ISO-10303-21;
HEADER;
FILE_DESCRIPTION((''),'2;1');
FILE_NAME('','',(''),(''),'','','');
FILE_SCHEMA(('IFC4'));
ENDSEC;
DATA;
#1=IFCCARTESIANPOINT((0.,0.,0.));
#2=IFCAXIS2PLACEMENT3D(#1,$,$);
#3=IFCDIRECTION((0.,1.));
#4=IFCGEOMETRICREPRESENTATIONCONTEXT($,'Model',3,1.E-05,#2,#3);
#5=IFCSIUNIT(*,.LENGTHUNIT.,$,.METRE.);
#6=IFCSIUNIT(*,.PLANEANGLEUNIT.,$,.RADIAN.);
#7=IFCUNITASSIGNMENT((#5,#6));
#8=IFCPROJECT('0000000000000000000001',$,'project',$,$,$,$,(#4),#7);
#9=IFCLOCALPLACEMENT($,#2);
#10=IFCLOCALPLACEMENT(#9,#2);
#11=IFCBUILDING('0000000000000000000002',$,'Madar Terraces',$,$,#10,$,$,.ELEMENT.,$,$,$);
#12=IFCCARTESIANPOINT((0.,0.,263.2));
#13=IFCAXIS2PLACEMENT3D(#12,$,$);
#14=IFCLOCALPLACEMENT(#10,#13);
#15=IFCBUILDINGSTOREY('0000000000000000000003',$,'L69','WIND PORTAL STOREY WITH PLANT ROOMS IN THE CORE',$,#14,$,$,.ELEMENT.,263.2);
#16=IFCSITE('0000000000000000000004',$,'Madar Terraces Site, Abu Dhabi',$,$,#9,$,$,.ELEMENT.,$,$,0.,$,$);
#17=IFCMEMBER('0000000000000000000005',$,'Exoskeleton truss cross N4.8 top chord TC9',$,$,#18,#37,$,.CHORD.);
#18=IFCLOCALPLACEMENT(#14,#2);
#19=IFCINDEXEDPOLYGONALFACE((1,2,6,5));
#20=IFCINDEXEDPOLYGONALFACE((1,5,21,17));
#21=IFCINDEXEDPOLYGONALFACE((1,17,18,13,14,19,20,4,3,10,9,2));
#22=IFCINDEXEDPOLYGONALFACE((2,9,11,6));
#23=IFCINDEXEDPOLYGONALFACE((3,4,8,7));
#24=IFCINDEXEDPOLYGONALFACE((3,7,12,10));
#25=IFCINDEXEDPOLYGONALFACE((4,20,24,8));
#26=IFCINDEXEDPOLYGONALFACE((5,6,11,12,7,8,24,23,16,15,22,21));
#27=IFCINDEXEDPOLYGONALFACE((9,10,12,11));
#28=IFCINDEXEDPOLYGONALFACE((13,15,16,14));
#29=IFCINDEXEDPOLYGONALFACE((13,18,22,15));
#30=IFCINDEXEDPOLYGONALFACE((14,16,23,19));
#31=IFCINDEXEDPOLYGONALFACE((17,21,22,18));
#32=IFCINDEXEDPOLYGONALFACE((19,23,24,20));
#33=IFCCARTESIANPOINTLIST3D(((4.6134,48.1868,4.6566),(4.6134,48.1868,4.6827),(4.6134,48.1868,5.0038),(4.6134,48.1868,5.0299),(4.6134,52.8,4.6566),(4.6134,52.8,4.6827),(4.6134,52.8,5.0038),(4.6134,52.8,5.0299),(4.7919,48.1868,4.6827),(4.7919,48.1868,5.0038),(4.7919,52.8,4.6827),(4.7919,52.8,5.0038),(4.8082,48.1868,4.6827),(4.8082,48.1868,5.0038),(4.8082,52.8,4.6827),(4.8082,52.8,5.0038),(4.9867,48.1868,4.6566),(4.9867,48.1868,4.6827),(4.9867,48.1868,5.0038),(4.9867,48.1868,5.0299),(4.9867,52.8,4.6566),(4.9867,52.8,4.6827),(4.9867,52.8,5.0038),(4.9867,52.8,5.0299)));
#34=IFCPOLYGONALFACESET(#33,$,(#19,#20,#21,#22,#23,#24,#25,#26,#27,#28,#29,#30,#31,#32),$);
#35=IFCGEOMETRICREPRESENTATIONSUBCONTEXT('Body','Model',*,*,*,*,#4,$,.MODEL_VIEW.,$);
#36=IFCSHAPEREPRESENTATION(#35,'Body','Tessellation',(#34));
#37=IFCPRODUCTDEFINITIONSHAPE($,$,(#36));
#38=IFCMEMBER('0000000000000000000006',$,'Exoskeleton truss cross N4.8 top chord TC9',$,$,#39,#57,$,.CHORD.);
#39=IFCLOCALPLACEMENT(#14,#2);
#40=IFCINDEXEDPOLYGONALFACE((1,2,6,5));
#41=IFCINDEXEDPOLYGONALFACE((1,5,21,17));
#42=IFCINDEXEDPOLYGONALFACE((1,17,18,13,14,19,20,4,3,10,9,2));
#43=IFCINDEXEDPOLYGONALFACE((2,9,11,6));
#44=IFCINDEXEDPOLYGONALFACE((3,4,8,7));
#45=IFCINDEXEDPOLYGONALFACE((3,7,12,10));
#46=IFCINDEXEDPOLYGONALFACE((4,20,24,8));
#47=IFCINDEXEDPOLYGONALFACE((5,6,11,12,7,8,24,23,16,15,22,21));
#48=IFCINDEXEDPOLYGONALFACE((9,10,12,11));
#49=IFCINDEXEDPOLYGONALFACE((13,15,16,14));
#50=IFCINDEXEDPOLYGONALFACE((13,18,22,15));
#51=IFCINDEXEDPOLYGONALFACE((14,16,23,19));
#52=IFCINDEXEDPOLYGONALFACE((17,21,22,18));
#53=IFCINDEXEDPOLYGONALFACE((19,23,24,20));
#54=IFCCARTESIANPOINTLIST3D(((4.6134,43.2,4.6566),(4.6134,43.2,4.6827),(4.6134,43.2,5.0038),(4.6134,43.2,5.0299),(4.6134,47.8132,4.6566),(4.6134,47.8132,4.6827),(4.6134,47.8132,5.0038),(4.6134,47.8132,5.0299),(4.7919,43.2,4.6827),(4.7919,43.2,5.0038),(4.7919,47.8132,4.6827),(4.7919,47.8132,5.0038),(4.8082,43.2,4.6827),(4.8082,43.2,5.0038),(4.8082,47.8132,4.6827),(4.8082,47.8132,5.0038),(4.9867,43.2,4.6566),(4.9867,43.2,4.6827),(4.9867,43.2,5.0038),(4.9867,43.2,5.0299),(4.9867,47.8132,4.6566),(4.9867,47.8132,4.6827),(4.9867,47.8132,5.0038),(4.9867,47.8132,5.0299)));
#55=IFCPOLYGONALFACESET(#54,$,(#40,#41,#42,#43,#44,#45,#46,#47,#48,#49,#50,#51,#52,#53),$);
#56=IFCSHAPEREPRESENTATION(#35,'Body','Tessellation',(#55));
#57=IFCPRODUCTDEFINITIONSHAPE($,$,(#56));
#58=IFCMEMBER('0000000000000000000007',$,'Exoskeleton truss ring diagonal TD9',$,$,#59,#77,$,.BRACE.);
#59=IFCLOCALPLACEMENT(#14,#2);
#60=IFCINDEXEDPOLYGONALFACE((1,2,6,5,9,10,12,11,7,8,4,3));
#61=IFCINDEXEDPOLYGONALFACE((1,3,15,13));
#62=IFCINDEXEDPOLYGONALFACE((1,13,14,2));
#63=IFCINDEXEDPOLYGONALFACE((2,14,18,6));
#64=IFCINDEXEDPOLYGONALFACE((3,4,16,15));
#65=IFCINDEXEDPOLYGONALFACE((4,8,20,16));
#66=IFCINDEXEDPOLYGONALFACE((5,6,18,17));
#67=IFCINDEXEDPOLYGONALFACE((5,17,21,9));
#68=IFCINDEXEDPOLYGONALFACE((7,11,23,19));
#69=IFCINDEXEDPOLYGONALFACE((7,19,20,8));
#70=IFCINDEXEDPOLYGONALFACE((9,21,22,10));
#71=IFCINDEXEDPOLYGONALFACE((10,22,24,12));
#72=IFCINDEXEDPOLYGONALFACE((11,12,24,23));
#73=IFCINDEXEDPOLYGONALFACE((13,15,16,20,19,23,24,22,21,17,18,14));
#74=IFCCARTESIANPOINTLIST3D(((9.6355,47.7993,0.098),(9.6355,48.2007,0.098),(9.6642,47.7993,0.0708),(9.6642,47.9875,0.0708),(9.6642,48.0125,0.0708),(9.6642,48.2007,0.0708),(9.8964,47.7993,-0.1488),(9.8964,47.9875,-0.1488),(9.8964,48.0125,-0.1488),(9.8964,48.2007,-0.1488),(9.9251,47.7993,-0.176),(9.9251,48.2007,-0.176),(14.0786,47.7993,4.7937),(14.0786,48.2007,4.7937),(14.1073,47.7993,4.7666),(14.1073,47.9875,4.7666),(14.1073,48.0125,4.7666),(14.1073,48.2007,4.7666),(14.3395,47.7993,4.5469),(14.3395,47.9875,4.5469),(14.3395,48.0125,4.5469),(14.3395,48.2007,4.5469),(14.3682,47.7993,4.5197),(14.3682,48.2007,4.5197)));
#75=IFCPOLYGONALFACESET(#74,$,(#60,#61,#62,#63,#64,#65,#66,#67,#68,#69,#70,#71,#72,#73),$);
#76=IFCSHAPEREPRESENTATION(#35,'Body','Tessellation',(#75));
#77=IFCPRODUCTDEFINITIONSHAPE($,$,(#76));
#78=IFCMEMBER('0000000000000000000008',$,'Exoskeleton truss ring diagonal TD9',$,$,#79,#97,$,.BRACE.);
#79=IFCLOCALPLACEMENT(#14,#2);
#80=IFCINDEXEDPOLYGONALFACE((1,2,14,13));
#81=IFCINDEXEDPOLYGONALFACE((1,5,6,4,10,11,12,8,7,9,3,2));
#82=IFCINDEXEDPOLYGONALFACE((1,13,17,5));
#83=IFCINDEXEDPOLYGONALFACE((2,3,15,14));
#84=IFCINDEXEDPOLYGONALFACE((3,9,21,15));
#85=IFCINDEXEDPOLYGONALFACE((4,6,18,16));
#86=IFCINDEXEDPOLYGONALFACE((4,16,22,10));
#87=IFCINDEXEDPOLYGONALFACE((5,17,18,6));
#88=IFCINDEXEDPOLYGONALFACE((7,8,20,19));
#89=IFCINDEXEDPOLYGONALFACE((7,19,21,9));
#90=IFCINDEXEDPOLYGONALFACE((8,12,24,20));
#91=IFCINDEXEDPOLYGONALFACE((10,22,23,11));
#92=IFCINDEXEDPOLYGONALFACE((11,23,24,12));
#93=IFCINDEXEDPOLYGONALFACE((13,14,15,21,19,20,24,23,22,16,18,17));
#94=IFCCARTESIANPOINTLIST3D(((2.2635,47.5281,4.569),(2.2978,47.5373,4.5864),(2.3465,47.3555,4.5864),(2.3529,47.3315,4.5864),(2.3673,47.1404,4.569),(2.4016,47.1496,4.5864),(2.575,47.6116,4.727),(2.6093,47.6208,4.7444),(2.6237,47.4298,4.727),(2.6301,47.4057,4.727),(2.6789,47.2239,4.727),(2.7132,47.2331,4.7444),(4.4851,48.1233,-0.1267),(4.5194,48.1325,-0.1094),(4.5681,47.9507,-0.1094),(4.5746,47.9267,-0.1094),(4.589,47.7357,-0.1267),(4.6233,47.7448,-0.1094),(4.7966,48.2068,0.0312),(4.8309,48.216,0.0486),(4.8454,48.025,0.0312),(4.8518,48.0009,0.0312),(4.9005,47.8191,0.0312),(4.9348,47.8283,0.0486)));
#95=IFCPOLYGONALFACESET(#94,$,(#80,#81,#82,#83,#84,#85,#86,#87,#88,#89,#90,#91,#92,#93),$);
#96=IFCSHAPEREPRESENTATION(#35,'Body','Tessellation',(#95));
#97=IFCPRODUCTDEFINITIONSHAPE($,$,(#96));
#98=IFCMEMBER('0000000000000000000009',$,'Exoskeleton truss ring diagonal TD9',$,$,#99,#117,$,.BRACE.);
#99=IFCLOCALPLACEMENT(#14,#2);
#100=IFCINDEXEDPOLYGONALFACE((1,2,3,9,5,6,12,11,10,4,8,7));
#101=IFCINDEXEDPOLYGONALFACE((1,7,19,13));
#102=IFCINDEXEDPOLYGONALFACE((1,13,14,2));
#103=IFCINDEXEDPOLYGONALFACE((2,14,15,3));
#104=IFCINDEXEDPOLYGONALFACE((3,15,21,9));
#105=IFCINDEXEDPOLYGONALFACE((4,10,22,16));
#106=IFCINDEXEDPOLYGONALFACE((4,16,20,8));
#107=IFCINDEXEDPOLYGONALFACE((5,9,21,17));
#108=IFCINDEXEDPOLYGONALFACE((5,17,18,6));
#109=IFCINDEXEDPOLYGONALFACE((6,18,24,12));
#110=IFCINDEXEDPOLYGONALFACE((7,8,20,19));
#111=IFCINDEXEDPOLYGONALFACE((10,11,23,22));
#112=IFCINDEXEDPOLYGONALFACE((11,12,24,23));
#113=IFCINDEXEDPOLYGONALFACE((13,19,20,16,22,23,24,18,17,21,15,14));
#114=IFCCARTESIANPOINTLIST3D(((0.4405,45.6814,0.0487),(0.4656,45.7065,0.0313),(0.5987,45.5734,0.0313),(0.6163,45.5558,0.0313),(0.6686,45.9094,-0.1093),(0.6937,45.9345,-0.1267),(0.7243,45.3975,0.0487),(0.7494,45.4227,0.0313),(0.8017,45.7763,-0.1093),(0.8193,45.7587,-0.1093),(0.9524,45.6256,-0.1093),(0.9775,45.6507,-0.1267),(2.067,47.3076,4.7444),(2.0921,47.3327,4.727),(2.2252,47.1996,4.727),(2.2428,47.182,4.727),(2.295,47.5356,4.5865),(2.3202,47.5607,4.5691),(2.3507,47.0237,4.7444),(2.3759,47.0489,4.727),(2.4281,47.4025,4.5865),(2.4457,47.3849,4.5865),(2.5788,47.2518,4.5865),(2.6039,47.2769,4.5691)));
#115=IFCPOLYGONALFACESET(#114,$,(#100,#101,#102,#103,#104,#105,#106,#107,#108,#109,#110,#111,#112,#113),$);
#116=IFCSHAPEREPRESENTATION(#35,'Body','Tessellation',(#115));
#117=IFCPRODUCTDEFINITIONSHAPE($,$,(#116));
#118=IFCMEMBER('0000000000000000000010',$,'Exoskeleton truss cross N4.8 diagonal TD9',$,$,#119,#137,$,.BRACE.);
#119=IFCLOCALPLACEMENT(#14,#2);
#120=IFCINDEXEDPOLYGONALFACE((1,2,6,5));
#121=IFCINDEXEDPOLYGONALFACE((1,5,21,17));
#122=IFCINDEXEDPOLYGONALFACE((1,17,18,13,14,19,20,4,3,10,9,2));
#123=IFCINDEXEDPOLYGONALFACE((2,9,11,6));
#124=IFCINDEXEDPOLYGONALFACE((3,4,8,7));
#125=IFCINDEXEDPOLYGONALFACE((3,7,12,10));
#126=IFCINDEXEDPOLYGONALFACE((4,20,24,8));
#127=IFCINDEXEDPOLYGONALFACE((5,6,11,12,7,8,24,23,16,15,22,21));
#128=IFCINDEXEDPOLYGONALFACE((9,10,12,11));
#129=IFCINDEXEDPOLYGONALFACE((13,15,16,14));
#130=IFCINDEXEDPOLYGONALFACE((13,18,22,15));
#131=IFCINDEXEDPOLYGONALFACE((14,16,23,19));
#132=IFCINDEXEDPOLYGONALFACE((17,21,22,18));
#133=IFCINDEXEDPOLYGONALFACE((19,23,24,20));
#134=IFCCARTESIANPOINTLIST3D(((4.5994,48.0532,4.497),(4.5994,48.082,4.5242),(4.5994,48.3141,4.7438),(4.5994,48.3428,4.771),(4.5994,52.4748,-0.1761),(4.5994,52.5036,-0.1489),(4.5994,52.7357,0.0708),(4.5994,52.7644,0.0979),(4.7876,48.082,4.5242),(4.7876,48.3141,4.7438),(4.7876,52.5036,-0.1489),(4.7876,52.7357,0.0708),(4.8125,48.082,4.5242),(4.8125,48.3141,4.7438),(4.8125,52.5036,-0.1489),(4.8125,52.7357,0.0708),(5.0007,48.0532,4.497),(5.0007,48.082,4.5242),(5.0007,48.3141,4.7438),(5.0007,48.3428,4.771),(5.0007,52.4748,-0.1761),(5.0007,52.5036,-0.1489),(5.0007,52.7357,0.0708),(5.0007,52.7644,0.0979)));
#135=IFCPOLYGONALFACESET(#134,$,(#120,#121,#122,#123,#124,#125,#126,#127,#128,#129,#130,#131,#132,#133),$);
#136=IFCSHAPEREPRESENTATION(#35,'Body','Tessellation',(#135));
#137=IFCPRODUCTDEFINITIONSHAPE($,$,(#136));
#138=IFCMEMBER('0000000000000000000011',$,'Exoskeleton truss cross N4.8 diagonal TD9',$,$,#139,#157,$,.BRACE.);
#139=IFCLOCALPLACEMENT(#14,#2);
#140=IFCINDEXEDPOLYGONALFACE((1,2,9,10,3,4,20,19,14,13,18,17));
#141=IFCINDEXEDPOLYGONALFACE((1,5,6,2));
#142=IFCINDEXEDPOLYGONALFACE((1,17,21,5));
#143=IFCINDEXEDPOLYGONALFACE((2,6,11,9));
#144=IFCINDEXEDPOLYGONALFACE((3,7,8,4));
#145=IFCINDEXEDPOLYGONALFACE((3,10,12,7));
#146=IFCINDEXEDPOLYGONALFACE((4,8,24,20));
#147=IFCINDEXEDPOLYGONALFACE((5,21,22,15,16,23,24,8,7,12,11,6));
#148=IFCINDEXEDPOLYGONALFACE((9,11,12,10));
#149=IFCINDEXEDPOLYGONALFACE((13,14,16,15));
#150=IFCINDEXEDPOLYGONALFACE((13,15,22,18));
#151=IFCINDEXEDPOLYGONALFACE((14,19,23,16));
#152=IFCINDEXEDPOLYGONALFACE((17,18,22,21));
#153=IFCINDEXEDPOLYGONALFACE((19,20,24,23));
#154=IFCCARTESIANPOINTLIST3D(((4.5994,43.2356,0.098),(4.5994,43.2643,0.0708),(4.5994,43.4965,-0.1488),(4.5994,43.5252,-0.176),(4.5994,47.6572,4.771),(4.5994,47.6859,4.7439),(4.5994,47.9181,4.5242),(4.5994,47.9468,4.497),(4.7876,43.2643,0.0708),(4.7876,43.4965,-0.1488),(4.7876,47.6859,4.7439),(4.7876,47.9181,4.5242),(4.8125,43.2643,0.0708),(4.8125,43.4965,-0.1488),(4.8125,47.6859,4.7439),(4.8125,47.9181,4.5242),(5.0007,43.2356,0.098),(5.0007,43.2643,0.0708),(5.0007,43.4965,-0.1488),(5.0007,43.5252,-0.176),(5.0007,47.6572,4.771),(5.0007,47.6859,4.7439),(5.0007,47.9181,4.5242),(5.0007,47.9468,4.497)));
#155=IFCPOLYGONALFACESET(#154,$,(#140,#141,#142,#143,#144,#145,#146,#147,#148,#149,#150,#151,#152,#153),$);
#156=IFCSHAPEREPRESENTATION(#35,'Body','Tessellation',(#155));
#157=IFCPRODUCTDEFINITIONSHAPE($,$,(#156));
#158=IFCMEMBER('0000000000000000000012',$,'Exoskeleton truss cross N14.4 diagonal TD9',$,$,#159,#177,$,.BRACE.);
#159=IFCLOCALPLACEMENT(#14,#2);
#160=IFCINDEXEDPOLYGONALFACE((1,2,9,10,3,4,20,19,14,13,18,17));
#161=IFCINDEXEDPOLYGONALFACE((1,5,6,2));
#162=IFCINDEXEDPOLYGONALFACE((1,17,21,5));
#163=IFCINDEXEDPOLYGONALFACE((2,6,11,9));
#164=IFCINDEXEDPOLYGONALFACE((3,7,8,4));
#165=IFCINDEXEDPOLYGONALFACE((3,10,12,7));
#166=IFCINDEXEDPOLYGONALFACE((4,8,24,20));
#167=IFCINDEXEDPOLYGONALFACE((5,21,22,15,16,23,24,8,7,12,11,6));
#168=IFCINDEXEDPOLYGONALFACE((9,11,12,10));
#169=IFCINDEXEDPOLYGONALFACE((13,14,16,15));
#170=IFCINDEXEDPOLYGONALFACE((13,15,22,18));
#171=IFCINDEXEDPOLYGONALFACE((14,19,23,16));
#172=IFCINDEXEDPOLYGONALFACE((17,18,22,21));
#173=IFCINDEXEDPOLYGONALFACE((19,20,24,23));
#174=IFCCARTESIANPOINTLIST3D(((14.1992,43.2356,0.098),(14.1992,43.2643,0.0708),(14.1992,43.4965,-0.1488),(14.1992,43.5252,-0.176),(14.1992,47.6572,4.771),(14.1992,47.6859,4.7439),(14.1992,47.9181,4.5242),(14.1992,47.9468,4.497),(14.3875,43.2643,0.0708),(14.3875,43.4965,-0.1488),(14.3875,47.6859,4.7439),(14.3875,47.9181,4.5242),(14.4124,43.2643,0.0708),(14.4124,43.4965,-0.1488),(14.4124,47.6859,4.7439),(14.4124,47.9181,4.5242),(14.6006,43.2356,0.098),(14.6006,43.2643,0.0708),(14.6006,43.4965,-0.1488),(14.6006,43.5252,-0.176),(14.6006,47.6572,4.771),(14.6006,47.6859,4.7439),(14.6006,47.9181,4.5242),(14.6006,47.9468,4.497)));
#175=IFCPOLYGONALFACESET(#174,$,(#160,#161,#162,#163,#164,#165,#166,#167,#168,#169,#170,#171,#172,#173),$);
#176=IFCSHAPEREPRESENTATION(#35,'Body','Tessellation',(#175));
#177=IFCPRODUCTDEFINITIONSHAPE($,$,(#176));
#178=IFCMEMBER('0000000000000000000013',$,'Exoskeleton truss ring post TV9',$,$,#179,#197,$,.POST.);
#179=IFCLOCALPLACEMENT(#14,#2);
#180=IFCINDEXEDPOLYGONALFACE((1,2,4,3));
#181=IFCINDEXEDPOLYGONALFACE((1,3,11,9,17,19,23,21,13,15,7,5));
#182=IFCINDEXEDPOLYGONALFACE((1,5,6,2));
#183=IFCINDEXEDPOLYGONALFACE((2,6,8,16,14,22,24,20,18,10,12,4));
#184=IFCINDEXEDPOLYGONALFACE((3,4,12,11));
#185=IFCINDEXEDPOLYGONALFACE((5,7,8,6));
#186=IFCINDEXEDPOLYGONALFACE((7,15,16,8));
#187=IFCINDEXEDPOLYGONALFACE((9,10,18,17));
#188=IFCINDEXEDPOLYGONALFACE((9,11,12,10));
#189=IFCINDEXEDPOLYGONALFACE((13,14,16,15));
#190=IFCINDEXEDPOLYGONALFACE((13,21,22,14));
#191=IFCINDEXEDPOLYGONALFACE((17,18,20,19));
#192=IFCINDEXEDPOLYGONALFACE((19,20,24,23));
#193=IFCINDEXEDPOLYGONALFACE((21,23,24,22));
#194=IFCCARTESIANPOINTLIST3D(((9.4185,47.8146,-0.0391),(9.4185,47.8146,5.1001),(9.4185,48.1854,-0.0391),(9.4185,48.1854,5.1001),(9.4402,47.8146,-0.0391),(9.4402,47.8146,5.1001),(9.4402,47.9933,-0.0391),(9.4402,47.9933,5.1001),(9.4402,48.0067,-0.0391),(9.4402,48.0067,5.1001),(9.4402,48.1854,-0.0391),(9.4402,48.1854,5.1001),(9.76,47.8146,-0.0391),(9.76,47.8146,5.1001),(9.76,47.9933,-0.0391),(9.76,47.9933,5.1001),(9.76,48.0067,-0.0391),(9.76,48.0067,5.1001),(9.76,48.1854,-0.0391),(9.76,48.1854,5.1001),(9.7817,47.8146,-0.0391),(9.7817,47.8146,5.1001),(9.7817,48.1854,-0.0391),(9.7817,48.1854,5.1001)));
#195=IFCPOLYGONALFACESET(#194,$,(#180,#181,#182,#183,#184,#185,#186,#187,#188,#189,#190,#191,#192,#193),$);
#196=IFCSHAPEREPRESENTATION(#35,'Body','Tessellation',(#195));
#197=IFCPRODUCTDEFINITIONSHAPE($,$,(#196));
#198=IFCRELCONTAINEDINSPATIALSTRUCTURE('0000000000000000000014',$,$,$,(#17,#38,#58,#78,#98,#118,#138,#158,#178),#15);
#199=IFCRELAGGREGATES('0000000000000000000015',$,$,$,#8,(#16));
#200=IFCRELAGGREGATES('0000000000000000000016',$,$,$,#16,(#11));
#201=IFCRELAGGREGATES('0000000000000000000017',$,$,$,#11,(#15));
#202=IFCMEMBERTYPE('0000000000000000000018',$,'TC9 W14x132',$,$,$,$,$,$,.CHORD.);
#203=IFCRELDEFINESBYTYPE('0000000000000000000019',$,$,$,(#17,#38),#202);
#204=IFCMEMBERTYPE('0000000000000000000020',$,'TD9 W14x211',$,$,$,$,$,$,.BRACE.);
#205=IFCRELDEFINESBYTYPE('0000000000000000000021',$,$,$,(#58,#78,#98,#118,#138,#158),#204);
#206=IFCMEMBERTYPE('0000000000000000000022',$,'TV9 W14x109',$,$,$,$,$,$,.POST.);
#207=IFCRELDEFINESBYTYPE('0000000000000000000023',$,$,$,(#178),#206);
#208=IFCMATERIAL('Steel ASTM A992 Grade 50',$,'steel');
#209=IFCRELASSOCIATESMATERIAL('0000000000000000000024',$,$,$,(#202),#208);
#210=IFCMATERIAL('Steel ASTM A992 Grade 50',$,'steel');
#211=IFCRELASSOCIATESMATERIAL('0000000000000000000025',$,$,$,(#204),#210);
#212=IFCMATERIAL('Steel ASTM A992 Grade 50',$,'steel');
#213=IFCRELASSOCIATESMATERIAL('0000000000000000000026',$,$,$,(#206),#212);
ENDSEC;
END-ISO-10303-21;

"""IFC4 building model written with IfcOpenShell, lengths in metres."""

from ifc_helpers import new_model, si_unit, direction, frame, origin, origin_2d, place, context, subcontext, project, spatial, i_section, extrude, material, material_profile, profile_set, type_object, element, save


model = new_model("IFC4")

# Units and contexts
model_context = context("Model", 3, precision=1e-05, world=origin(), true_north=direction((0.0, 1.0)))
body_context = subcontext(model_context, "Body", "Model", "MODEL_VIEW")
ifc_project = project(units=[si_unit("LENGTHUNIT", "METRE"), si_unit("PLANEANGLEUNIT", "RADIAN")], contexts=[model_context])

# Site, building, storey
site_placement = place(None, origin())
site = spatial("IfcSite", under=ifc_project, at=site_placement, Name="Madar Terraces Site, Abu Dhabi", CompositionType="ELEMENT", RefElevation=0.0)
building_placement = place(site_placement, origin())
building = spatial("IfcBuilding", under=site, at=building_placement, Name="Madar Terraces", CompositionType="ELEMENT")
storey_placement = place(building_placement, frame((0.0, 0.0, 263.2)))
storey = spatial("IfcBuildingStorey", under=building, at=storey_placement, Name="L69", Description="WIND PORTAL STOREY WITH PLANT ROOMS IN THE CORE", CompositionType="ELEMENT", Elevation=263.2)

# Members
ifc_material_1 = material(Name="Steel ASTM A992 Grade 50", Category="steel")
ifc_material_profile_1 = material_profile(ifc_material_1, i_section(OverallWidth=0.3733, OverallDepth=0.3733, WebThickness=0.0164, FlangeThickness=0.0261, at=origin_2d()), Name="W14x132")
ifc_profile_set_1 = profile_set([ifc_material_profile_1], Name="Steel ASTM A992 Grade 50")
member_type_1 = type_object("IfcMemberType", Name="TC9 W14x132", PredefinedType="CHORD", material=ifc_profile_set_1)
for number, where, z_axis, x_axis, name in (
    (1, (4.8, 52.8, 4.8433), (0.0, -1.0, 0.0), (1.0, 0.0, 0.0), "Exoskeleton truss cross N4.8 top chord TC9"),
    (2, (4.8, 47.8132, 4.8433), (0.0, -1.0, 0.0), (1.0, 0.0, 0.0), "Exoskeleton truss cross N4.8 top chord TC9"),
):
    element("IfcMember", number, at=place(storey_placement, frame(where, z_axis=z_axis, x_axis=x_axis)), inside=storey, type_object=member_type_1, Name=name, PredefinedType="CHORD", context=body_context, shape_type="SweptSolid", body=[
        extrude(i_section(OverallWidth=0.3733, OverallDepth=0.3733, WebThickness=0.0164, FlangeThickness=0.0261, at=origin_2d()), origin(), (0.0, 0.0, 1.0), 4.6133),
    ])
ifc_material_2 = material(Name="Steel ASTM A992 Grade 50", Category="steel")
ifc_material_profile_2 = material_profile(ifc_material_2, i_section(OverallWidth=0.4014, OverallDepth=0.3987, WebThickness=0.0249, FlangeThickness=0.0396, at=origin_2d()), Name="W14x211")
ifc_profile_set_2 = profile_set([ifc_material_profile_2], Name="Steel ASTM A992 Grade 50")
member_type_2 = type_object("IfcMemberType", Name="TD9 W14x211", PredefinedType="BRACE", material=ifc_profile_set_2)
member_1_placement = place(storey_placement, frame((14.2234, 48.0, 4.6567), z_axis=(-0.687293, 0.0, -0.72638), x_axis=(0.0, -1.0, 0.0)))
element("IfcMember", 3, at=member_1_placement, inside=storey, type_object=member_type_2, Name="Exoskeleton truss ring diagonal TD9", PredefinedType="BRACE", context=body_context, shape_type="SweptSolid", body=[
    extrude(i_section(OverallWidth=0.4014, OverallDepth=0.3987, WebThickness=0.0249, FlangeThickness=0.0396, at=origin_2d()), origin(), (0.0, 0.0, 1.0), 6.4646),
])
for number, where, z_axis, x_axis, name in (
    (4, (4.71, 47.9758, -0.0391), (-0.42489, -0.113833, 0.898059), (0.258786, -0.965935, 0.0), "Exoskeleton truss ring diagonal TD9"),
    (5, (2.3354, 47.2922, 4.6567), (-0.311058, -0.311011, -0.898062), (0.707054, -0.70716, 0.0), "Exoskeleton truss ring diagonal TD9"),
):
    element("IfcMember", number, at=place(storey_placement, frame(where, z_axis=z_axis, x_axis=x_axis)), inside=storey, type_object=member_type_2, Name=name, PredefinedType="BRACE", context=body_context, shape_type="SweptSolid", body=[
        extrude(i_section(OverallWidth=0.4014, OverallDepth=0.3987, WebThickness=0.0249, FlangeThickness=0.0396, at=origin_2d()), origin(), (0.0, 0.0, 1.0), 5.2288),
    ])
for number, where, z_axis, x_axis, name in (
    (6, (4.8, 52.6196, -0.0391), (0.0, -0.687293, 0.72638), (1.0, 0.0, 0.0), "Exoskeleton truss cross N4.8 diagonal TD9"),
    (7, (4.8, 47.802, 4.634), (0.0, -0.687293, -0.72638), (1.0, 0.0, 0.0), "Exoskeleton truss cross N4.8 diagonal TD9"),
    (8, (14.3999, 47.802, 4.634), (0.0, -0.687293, -0.72638), (1.0, 0.0, 0.0), "Exoskeleton truss cross N14.4 diagonal TD9"),
):
    element("IfcMember", number, at=place(storey_placement, frame(where, z_axis=z_axis, x_axis=x_axis)), inside=storey, type_object=member_type_2, Name=name, PredefinedType="BRACE", context=body_context, shape_type="SweptSolid", body=[
        extrude(i_section(OverallWidth=0.4014, OverallDepth=0.3987, WebThickness=0.0249, FlangeThickness=0.0396, at=origin_2d()), origin(), (0.0, 0.0, 1.0), 6.4333),
    ])
ifc_material_3 = material(Name="Steel ASTM A992 Grade 50", Category="steel")
ifc_material_profile_3 = material_profile(ifc_material_3, i_section(OverallWidth=0.3708, OverallDepth=0.3633, WebThickness=0.0134, FlangeThickness=0.0217, at=origin_2d()), Name="W14x109")
ifc_profile_set_3 = profile_set([ifc_material_profile_3], Name="Steel ASTM A992 Grade 50")
member_type_3 = type_object("IfcMemberType", Name="TV9 W14x109", PredefinedType="POST", material=ifc_profile_set_3)
for number, where, z_axis, x_axis, name in (
    (9, (9.6001, 48.0, -0.0391), (0.0, 0.0, 1.0), (0.0, -1.0, 0.0), "Exoskeleton truss ring post TV9"),
):
    element("IfcMember", number, at=place(storey_placement, frame(where, z_axis=z_axis, x_axis=x_axis)), inside=storey, type_object=member_type_3, Name=name, PredefinedType="POST", context=body_context, shape_type="SweptSolid", body=[
        extrude(i_section(OverallWidth=0.3708, OverallDepth=0.3633, WebThickness=0.0134, FlangeThickness=0.0217, at=origin_2d()), origin(), (0.0, 0.0, 1.0), 5.1392),
    ])

save(model, "model.ifc")
